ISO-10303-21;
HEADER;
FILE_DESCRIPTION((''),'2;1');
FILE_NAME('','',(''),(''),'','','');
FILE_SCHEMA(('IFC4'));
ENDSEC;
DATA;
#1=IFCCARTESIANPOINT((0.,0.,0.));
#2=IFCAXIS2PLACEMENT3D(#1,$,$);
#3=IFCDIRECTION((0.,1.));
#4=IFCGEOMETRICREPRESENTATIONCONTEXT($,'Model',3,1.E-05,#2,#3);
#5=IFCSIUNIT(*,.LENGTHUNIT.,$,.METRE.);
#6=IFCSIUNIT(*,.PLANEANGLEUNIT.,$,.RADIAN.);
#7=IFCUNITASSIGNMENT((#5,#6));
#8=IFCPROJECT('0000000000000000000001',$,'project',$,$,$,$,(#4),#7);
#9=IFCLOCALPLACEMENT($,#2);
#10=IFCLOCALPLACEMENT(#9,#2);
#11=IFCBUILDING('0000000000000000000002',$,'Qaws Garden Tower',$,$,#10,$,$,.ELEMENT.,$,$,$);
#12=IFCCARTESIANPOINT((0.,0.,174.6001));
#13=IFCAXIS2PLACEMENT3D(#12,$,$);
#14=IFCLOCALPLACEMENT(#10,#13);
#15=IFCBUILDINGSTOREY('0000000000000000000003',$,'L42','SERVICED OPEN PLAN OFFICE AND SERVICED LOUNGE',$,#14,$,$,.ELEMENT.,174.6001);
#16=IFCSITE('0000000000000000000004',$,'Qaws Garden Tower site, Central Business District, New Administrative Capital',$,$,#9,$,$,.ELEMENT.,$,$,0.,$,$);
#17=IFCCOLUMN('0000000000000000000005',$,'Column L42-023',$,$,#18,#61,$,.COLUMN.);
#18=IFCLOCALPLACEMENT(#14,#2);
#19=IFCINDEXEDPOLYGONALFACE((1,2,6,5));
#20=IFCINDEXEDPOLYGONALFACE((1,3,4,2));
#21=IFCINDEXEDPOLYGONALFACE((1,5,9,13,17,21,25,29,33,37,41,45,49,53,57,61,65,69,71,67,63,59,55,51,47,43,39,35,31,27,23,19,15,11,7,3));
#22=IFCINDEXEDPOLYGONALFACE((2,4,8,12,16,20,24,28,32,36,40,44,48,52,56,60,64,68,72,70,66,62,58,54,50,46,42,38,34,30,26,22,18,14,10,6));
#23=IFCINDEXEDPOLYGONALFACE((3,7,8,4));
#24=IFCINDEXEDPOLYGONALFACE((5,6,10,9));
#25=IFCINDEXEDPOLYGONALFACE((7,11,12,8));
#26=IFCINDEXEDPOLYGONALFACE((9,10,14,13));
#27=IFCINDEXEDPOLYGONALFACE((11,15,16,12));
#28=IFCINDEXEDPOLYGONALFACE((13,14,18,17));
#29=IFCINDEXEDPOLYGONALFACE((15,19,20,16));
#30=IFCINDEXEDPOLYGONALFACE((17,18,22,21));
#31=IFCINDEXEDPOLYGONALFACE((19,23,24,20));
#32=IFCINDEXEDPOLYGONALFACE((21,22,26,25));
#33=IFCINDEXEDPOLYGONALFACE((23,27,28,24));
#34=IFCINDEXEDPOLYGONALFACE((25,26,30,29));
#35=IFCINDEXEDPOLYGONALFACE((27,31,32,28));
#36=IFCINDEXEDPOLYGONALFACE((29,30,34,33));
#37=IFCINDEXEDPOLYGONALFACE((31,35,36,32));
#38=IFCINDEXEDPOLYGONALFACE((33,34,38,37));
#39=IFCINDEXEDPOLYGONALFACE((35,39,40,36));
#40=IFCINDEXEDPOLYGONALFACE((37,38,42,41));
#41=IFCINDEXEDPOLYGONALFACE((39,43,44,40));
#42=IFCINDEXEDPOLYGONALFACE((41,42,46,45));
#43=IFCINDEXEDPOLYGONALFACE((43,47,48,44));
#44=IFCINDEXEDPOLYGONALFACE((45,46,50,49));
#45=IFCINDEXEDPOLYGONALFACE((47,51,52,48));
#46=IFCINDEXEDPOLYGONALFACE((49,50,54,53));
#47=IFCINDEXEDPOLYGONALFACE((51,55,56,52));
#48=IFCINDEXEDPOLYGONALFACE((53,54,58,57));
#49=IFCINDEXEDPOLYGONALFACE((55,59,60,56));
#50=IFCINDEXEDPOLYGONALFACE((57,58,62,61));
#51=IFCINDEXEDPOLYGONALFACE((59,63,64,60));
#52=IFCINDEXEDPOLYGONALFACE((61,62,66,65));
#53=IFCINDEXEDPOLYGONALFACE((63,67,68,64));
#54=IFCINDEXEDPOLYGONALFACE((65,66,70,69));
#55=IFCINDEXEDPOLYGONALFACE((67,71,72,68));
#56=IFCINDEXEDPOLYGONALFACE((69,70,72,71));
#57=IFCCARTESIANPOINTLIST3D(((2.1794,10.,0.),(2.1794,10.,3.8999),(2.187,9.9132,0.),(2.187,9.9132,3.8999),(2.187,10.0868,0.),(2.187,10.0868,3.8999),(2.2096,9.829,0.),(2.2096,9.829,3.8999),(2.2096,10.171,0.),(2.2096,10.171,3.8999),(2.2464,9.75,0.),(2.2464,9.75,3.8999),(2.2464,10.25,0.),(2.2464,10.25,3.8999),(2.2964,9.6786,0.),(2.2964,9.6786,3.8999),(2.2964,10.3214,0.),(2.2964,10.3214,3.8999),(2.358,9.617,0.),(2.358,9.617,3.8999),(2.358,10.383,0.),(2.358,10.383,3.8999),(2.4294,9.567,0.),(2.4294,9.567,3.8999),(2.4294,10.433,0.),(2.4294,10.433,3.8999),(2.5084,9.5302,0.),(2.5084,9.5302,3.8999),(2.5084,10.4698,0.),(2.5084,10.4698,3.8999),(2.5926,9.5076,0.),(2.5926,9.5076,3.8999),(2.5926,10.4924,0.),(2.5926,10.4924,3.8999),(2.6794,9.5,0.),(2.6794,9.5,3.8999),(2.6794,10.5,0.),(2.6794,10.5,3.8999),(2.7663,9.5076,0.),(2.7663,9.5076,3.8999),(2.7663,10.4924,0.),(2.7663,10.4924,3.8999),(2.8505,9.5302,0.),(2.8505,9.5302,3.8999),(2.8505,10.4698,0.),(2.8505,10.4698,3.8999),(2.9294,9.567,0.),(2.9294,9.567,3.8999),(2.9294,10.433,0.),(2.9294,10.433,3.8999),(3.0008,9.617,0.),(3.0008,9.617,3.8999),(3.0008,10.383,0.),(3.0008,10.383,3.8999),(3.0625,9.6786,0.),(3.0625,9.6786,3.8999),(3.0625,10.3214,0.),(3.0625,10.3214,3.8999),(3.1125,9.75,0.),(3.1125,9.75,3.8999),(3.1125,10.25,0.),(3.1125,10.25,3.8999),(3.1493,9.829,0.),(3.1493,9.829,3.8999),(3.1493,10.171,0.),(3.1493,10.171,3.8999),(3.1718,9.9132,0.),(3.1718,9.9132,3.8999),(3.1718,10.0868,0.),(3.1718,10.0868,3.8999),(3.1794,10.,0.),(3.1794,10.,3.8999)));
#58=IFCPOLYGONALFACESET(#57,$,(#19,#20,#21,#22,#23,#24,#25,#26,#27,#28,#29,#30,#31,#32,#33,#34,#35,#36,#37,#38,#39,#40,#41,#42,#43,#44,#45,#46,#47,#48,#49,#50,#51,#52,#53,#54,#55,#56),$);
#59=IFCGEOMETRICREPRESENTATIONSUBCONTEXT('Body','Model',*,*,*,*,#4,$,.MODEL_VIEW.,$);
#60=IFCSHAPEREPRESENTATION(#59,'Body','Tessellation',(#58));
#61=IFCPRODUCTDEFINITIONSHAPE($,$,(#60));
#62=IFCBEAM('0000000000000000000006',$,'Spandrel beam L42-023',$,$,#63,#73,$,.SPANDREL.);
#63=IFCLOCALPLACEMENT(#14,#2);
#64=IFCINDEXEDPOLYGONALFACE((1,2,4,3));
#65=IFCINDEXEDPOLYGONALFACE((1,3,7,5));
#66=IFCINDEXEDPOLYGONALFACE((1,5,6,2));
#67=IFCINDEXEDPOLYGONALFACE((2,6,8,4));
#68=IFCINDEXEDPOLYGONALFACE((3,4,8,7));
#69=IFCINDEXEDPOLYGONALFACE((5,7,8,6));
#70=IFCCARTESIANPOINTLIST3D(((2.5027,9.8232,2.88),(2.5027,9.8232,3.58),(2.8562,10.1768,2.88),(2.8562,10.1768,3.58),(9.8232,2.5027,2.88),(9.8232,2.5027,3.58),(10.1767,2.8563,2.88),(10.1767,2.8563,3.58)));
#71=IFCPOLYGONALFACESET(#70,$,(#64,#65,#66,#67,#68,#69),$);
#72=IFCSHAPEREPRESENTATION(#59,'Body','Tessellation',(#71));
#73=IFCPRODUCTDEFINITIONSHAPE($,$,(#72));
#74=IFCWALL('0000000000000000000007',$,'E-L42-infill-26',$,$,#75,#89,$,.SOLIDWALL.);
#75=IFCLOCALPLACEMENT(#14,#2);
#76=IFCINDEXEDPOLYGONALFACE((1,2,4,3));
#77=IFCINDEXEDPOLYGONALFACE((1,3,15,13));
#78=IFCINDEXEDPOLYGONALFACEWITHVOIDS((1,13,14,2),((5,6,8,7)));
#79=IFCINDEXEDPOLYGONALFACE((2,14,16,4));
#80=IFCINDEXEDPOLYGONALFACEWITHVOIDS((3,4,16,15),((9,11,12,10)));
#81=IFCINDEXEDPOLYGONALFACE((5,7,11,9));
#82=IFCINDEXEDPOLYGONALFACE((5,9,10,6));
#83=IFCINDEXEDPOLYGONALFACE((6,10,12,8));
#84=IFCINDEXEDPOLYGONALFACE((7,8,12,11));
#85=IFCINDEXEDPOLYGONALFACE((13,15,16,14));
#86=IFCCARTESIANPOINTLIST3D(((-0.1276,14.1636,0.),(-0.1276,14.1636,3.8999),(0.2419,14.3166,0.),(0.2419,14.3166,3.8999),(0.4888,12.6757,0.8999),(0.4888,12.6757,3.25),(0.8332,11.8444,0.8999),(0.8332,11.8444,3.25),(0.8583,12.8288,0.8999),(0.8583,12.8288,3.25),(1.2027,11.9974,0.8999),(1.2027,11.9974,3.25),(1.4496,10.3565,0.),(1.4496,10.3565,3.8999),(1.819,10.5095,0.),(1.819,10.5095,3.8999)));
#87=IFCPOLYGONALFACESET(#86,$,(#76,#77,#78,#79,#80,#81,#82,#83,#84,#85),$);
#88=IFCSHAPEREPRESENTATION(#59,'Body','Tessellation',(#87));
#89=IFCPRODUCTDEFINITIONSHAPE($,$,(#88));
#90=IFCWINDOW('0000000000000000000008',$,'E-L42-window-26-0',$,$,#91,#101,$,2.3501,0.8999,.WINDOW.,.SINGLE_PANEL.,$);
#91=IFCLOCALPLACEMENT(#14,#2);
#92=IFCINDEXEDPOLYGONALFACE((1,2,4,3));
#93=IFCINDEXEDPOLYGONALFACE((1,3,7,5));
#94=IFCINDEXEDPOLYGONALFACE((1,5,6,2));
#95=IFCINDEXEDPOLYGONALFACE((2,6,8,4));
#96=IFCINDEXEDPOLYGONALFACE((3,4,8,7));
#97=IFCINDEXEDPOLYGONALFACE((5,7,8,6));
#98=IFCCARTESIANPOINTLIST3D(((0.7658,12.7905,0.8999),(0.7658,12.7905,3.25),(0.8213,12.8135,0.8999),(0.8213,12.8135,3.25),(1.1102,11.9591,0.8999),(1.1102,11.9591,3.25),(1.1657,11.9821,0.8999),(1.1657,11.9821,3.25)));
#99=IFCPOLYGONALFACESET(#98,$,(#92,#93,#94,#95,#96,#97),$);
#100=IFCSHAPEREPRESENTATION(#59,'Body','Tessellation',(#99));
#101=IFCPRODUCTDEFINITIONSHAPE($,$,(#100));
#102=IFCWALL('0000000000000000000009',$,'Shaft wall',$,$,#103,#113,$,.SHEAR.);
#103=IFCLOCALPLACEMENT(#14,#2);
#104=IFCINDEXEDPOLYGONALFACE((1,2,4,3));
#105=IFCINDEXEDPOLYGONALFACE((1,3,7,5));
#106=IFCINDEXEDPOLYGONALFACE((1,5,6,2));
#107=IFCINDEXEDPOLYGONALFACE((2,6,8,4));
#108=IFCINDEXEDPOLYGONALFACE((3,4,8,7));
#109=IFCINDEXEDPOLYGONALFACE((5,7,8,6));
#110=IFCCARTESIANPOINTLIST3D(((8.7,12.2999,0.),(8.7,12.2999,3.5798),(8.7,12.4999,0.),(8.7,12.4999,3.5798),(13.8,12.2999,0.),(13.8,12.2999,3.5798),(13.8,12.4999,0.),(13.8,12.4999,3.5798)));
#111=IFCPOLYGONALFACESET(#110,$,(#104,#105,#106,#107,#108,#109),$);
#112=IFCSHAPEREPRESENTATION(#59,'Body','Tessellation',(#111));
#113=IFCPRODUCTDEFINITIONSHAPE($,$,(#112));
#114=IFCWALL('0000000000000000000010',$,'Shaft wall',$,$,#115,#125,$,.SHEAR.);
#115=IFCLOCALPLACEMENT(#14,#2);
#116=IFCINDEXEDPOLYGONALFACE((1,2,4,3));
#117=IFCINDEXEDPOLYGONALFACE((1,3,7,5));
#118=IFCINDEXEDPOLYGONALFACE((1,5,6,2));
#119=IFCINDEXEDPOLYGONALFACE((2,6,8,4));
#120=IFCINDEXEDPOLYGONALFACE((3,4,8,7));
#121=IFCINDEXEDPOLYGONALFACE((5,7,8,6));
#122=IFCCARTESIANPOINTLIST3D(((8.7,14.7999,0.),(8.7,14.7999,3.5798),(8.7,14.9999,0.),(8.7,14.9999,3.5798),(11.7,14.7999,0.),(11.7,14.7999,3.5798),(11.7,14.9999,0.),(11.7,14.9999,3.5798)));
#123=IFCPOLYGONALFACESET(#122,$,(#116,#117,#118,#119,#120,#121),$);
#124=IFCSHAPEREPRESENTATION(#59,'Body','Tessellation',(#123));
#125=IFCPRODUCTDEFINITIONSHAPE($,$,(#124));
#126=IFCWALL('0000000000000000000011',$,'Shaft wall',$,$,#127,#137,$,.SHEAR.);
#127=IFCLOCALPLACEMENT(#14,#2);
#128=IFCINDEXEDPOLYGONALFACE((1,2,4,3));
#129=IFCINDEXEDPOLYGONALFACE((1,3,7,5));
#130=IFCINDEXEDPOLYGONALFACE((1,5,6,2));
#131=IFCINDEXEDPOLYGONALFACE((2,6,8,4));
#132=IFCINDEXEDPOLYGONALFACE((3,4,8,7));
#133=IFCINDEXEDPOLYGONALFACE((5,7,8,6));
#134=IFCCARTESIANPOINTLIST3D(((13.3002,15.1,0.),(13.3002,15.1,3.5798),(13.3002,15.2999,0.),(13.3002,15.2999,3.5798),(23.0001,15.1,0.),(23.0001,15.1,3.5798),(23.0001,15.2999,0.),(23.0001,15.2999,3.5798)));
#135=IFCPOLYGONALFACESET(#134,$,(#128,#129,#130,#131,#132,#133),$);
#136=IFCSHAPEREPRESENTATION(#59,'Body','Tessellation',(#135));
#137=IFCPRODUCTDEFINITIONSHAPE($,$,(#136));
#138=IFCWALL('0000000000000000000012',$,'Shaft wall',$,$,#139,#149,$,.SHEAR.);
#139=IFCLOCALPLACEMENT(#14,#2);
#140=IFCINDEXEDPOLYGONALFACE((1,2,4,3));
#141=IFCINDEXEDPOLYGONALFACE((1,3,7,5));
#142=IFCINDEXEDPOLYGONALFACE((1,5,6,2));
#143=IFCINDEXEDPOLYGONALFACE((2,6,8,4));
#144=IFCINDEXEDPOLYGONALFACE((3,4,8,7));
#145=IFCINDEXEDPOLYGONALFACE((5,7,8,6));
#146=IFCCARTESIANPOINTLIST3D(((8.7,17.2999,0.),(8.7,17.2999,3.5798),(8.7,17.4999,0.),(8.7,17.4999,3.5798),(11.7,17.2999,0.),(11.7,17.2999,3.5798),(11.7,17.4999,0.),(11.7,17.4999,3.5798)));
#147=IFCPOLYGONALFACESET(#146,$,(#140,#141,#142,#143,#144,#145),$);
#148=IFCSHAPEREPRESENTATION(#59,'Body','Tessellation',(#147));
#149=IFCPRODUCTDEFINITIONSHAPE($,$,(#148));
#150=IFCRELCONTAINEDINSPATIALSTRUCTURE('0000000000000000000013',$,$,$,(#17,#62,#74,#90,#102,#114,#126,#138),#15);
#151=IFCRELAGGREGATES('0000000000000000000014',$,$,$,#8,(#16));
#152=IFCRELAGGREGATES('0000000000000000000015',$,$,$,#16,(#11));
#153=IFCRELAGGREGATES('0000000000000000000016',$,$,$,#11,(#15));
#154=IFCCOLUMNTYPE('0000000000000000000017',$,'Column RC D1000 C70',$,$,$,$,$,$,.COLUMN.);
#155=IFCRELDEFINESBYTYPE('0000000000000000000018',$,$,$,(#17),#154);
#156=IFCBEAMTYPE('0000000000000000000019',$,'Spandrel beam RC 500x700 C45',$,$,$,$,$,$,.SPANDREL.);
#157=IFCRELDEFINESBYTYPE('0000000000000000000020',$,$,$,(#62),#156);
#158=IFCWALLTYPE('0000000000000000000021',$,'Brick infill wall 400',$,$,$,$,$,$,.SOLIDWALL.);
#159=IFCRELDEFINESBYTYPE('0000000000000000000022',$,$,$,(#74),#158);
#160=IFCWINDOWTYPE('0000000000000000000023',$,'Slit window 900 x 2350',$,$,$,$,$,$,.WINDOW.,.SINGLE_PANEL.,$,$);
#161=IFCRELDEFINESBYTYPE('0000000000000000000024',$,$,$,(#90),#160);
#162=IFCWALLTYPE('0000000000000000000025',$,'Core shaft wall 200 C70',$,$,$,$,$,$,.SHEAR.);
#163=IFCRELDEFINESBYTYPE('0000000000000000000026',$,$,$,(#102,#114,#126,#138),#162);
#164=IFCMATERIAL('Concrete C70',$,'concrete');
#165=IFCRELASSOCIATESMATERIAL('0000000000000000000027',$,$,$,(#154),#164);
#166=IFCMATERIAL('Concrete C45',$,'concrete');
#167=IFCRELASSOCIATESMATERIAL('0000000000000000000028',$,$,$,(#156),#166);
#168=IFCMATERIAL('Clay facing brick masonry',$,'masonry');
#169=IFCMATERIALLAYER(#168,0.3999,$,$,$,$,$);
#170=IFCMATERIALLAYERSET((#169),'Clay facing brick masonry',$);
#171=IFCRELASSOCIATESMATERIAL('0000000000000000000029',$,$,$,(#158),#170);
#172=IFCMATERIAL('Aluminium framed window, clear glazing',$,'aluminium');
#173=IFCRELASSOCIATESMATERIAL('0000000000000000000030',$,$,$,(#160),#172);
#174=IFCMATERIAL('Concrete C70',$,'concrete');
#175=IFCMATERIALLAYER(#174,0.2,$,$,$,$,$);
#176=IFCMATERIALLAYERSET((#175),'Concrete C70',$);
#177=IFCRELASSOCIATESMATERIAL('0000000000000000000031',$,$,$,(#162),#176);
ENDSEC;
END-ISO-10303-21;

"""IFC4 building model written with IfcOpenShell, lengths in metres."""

from ifc_helpers import new_model, si_unit, direction, frame, frame_2d, origin, origin_2d, place, context, subcontext, project, spatial, rectangle, circle, extrude, material, layer, layer_set, material_profile, profile_set, type_object, element, fill, save


model = new_model("IFC4")

# Units and contexts
model_context = context("Model", 3, precision=1e-05, world=origin(), true_north=direction((0.0, 1.0)))
body_context = subcontext(model_context, "Body", "Model", "MODEL_VIEW")
ifc_project = project(units=[si_unit("LENGTHUNIT", "METRE"), si_unit("PLANEANGLEUNIT", "RADIAN")], contexts=[model_context])

# Site, building, storey
site_placement = place(None, origin())
site = spatial("IfcSite", under=ifc_project, at=site_placement, Name="Qaws Garden Tower site, Central Business District, New Administrative Capital", CompositionType="ELEMENT", RefElevation=0.0)
building_placement = place(site_placement, origin())
building = spatial("IfcBuilding", under=site, at=building_placement, Name="Qaws Garden Tower", CompositionType="ELEMENT")
storey_placement = place(building_placement, frame((0.0, 0.0, 174.6001)))
storey = spatial("IfcBuildingStorey", under=building, at=storey_placement, Name="L42", Description="SERVICED OPEN PLAN OFFICE AND SERVICED LOUNGE", CompositionType="ELEMENT", Elevation=174.6001)

# Column
ifc_material_1 = material(Name="Concrete C70", Category="concrete")
ifc_material_profile_1 = material_profile(ifc_material_1, circle(Radius=0.5, at=origin_2d()), Name="RC D1000")
ifc_profile_set_1 = profile_set([ifc_material_profile_1], Name="Concrete C70")
column_type = type_object("IfcColumnType", Name="Column RC D1000 C70", PredefinedType="COLUMN", material=ifc_profile_set_1)
column_placement = place(storey_placement, frame((2.6794, 10.0, 0.0), z_axis=(0.0, 0.0, 1.0), x_axis=(1.0, 0.0, 0.0)))
element("IfcColumn", 1, at=column_placement, inside=storey, type_object=column_type, Name="Column L42-023", PredefinedType="COLUMN", context=body_context, shape_type="SweptSolid", body=[
    extrude(circle(Radius=0.5, at=origin_2d()), origin(), (0.0, 0.0, 1.0), 3.8999),
])

# Beam
ifc_material_2 = material(Name="Concrete C45", Category="concrete")
ifc_material_profile_2 = material_profile(ifc_material_2, rectangle(XDim=0.5, YDim=0.7, at=origin_2d()), Name="RC 500x700")
ifc_profile_set_2 = profile_set([ifc_material_profile_2], Name="Concrete C45")
beam_type = type_object("IfcBeamType", Name="Spandrel beam RC 500x700 C45", PredefinedType="SPANDREL", material=ifc_profile_set_2)
beam_placement = place(storey_placement, frame((2.6794, 10.0, 3.23), z_axis=(0.707107, -0.707107, 0.0), x_axis=(0.707107, 0.707107, 0.0)))
element("IfcBeam", 2, at=beam_placement, inside=storey, type_object=beam_type, Name="Spandrel beam L42-023", PredefinedType="SPANDREL", context=body_context, shape_type="SweptSolid", body=[
    extrude(rectangle(XDim=0.5, YDim=0.7, at=origin_2d()), origin(), (0.0, 0.0, 1.0), 10.3528),
])

# Wall, opening, window
ifc_material_3 = material(Name="Clay facing brick masonry", Category="masonry")
ifc_layer_1 = layer(ifc_material_3, 0.3999)
ifc_layer_set_1 = layer_set([ifc_layer_1], Name="Clay facing brick masonry")
wall_type_1 = type_object("IfcWallType", Name="Brick infill wall 400", PredefinedType="SOLIDWALL", material=ifc_layer_set_1)
wall_1_placement = place(storey_placement, frame((0.0571, 14.2402, 0.0), z_axis=(0.0, 0.0, 1.0), x_axis=(0.382722, -0.923864, 0.0)))
wall_1 = element("IfcWall", 3, at=wall_1_placement, inside=storey, type_object=wall_type_1, Name="E-L42-infill-26", PredefinedType="SOLIDWALL", context=body_context, shape_type="SweptSolid", body=[
    extrude(rectangle(XDim=4.1208, YDim=0.3999, at=frame_2d((2.0605, 0.0))), origin(), (0.0, 0.0, 1.0), 3.8999),
])
opening_1_placement = place(wall_1_placement, frame((1.6106, 0.0, 0.8999)))
opening_1 = element("IfcOpeningElement", 4, at=opening_1_placement, cuts=wall_1, PredefinedType="OPENING", context=body_context, shape_type="SweptSolid", body=[
    extrude(rectangle(XDim=0.8999, YDim=2.3501, at=frame_2d((0.45, 1.175))), frame((0.0, 0.21, 0.0), z_axis=(0.0, -1.0, 0.0), x_axis=(1.0, 0.0, 0.0)), (0.0, 0.0, 1.0), 0.4199),
])
ifc_material_4 = material(Name="Aluminium framed window, clear glazing", Category="aluminium")
window_type = type_object("IfcWindowType", Name="Slit window 900 x 2350", PartitioningType="SINGLE_PANEL", PredefinedType="WINDOW", material=ifc_material_4)
window_placement = place(opening_1_placement, origin())
window = element("IfcWindow", 5, at=window_placement, inside=storey, type_object=window_type, Name="E-L42-window-26-0", OverallHeight=2.3501, OverallWidth=0.8999, PartitioningType="SINGLE_PANEL", PredefinedType="WINDOW", context=body_context, shape_type="SweptSolid", body=[
    extrude(rectangle(XDim=0.8999, YDim=2.3501, at=frame_2d((0.45, 1.175))), frame((0.0, 0.1599, 0.0), z_axis=(0.0, -1.0, 0.0), x_axis=(1.0, 0.0, 0.0)), (0.0, 0.0, 1.0), 0.0601),
])
fill(opening_1, window)

# Walls
ifc_material_5 = material(Name="Concrete C70", Category="concrete")
ifc_layer_2 = layer(ifc_material_5, 0.2)
ifc_layer_set_2 = layer_set([ifc_layer_2], Name="Concrete C70")
wall_type_2 = type_object("IfcWallType", Name="Core shaft wall 200 C70", PredefinedType="SHEAR", material=ifc_layer_set_2)
wall_2_placement = place(storey_placement, frame((8.7, 12.3999, 0.0), z_axis=(0.0, 0.0, 1.0), x_axis=(1.0, 0.0, 0.0)))
element("IfcWall", 6, at=wall_2_placement, inside=storey, type_object=wall_type_2, Name="Shaft wall", PredefinedType="SHEAR", context=body_context, shape_type="SweptSolid", body=[
    extrude(rectangle(XDim=5.1001, YDim=0.2, at=frame_2d((2.55, 0.0))), origin(), (0.0, 0.0, 1.0), 3.5798),
])
wall_3_placement = place(storey_placement, frame((8.7, 14.8999, 0.0), z_axis=(0.0, 0.0, 1.0), x_axis=(1.0, 0.0, 0.0)))
element("IfcWall", 7, at=wall_3_placement, inside=storey, type_object=wall_type_2, Name="Shaft wall", PredefinedType="SHEAR", context=body_context, shape_type="SweptSolid", body=[
    extrude(rectangle(XDim=3.0, YDim=0.2, at=frame_2d((1.5, 0.0))), origin(), (0.0, 0.0, 1.0), 3.5798),
])
wall_4_placement = place(storey_placement, frame((13.3, 15.2, 0.0), z_axis=(0.0, 0.0, 1.0), x_axis=(1.0, 0.0, 0.0)))
element("IfcWall", 8, at=wall_4_placement, inside=storey, type_object=wall_type_2, Name="Shaft wall", PredefinedType="SHEAR", context=body_context, shape_type="SweptSolid", body=[
    extrude(rectangle(XDim=9.7, YDim=0.2, at=frame_2d((4.8501, 0.0))), origin(), (0.0, 0.0, 1.0), 3.5798),
])
wall_5_placement = place(storey_placement, frame((8.7, 17.3999, 0.0), z_axis=(0.0, 0.0, 1.0), x_axis=(1.0, 0.0, 0.0)))
element("IfcWall", 9, at=wall_5_placement, inside=storey, type_object=wall_type_2, Name="Shaft wall", PredefinedType="SHEAR", context=body_context, shape_type="SweptSolid", body=[
    extrude(rectangle(XDim=3.0, YDim=0.2, at=frame_2d((1.5, 0.0))), origin(), (0.0, 0.0, 1.0), 3.5798),
])

save(model, "model.ifc")
